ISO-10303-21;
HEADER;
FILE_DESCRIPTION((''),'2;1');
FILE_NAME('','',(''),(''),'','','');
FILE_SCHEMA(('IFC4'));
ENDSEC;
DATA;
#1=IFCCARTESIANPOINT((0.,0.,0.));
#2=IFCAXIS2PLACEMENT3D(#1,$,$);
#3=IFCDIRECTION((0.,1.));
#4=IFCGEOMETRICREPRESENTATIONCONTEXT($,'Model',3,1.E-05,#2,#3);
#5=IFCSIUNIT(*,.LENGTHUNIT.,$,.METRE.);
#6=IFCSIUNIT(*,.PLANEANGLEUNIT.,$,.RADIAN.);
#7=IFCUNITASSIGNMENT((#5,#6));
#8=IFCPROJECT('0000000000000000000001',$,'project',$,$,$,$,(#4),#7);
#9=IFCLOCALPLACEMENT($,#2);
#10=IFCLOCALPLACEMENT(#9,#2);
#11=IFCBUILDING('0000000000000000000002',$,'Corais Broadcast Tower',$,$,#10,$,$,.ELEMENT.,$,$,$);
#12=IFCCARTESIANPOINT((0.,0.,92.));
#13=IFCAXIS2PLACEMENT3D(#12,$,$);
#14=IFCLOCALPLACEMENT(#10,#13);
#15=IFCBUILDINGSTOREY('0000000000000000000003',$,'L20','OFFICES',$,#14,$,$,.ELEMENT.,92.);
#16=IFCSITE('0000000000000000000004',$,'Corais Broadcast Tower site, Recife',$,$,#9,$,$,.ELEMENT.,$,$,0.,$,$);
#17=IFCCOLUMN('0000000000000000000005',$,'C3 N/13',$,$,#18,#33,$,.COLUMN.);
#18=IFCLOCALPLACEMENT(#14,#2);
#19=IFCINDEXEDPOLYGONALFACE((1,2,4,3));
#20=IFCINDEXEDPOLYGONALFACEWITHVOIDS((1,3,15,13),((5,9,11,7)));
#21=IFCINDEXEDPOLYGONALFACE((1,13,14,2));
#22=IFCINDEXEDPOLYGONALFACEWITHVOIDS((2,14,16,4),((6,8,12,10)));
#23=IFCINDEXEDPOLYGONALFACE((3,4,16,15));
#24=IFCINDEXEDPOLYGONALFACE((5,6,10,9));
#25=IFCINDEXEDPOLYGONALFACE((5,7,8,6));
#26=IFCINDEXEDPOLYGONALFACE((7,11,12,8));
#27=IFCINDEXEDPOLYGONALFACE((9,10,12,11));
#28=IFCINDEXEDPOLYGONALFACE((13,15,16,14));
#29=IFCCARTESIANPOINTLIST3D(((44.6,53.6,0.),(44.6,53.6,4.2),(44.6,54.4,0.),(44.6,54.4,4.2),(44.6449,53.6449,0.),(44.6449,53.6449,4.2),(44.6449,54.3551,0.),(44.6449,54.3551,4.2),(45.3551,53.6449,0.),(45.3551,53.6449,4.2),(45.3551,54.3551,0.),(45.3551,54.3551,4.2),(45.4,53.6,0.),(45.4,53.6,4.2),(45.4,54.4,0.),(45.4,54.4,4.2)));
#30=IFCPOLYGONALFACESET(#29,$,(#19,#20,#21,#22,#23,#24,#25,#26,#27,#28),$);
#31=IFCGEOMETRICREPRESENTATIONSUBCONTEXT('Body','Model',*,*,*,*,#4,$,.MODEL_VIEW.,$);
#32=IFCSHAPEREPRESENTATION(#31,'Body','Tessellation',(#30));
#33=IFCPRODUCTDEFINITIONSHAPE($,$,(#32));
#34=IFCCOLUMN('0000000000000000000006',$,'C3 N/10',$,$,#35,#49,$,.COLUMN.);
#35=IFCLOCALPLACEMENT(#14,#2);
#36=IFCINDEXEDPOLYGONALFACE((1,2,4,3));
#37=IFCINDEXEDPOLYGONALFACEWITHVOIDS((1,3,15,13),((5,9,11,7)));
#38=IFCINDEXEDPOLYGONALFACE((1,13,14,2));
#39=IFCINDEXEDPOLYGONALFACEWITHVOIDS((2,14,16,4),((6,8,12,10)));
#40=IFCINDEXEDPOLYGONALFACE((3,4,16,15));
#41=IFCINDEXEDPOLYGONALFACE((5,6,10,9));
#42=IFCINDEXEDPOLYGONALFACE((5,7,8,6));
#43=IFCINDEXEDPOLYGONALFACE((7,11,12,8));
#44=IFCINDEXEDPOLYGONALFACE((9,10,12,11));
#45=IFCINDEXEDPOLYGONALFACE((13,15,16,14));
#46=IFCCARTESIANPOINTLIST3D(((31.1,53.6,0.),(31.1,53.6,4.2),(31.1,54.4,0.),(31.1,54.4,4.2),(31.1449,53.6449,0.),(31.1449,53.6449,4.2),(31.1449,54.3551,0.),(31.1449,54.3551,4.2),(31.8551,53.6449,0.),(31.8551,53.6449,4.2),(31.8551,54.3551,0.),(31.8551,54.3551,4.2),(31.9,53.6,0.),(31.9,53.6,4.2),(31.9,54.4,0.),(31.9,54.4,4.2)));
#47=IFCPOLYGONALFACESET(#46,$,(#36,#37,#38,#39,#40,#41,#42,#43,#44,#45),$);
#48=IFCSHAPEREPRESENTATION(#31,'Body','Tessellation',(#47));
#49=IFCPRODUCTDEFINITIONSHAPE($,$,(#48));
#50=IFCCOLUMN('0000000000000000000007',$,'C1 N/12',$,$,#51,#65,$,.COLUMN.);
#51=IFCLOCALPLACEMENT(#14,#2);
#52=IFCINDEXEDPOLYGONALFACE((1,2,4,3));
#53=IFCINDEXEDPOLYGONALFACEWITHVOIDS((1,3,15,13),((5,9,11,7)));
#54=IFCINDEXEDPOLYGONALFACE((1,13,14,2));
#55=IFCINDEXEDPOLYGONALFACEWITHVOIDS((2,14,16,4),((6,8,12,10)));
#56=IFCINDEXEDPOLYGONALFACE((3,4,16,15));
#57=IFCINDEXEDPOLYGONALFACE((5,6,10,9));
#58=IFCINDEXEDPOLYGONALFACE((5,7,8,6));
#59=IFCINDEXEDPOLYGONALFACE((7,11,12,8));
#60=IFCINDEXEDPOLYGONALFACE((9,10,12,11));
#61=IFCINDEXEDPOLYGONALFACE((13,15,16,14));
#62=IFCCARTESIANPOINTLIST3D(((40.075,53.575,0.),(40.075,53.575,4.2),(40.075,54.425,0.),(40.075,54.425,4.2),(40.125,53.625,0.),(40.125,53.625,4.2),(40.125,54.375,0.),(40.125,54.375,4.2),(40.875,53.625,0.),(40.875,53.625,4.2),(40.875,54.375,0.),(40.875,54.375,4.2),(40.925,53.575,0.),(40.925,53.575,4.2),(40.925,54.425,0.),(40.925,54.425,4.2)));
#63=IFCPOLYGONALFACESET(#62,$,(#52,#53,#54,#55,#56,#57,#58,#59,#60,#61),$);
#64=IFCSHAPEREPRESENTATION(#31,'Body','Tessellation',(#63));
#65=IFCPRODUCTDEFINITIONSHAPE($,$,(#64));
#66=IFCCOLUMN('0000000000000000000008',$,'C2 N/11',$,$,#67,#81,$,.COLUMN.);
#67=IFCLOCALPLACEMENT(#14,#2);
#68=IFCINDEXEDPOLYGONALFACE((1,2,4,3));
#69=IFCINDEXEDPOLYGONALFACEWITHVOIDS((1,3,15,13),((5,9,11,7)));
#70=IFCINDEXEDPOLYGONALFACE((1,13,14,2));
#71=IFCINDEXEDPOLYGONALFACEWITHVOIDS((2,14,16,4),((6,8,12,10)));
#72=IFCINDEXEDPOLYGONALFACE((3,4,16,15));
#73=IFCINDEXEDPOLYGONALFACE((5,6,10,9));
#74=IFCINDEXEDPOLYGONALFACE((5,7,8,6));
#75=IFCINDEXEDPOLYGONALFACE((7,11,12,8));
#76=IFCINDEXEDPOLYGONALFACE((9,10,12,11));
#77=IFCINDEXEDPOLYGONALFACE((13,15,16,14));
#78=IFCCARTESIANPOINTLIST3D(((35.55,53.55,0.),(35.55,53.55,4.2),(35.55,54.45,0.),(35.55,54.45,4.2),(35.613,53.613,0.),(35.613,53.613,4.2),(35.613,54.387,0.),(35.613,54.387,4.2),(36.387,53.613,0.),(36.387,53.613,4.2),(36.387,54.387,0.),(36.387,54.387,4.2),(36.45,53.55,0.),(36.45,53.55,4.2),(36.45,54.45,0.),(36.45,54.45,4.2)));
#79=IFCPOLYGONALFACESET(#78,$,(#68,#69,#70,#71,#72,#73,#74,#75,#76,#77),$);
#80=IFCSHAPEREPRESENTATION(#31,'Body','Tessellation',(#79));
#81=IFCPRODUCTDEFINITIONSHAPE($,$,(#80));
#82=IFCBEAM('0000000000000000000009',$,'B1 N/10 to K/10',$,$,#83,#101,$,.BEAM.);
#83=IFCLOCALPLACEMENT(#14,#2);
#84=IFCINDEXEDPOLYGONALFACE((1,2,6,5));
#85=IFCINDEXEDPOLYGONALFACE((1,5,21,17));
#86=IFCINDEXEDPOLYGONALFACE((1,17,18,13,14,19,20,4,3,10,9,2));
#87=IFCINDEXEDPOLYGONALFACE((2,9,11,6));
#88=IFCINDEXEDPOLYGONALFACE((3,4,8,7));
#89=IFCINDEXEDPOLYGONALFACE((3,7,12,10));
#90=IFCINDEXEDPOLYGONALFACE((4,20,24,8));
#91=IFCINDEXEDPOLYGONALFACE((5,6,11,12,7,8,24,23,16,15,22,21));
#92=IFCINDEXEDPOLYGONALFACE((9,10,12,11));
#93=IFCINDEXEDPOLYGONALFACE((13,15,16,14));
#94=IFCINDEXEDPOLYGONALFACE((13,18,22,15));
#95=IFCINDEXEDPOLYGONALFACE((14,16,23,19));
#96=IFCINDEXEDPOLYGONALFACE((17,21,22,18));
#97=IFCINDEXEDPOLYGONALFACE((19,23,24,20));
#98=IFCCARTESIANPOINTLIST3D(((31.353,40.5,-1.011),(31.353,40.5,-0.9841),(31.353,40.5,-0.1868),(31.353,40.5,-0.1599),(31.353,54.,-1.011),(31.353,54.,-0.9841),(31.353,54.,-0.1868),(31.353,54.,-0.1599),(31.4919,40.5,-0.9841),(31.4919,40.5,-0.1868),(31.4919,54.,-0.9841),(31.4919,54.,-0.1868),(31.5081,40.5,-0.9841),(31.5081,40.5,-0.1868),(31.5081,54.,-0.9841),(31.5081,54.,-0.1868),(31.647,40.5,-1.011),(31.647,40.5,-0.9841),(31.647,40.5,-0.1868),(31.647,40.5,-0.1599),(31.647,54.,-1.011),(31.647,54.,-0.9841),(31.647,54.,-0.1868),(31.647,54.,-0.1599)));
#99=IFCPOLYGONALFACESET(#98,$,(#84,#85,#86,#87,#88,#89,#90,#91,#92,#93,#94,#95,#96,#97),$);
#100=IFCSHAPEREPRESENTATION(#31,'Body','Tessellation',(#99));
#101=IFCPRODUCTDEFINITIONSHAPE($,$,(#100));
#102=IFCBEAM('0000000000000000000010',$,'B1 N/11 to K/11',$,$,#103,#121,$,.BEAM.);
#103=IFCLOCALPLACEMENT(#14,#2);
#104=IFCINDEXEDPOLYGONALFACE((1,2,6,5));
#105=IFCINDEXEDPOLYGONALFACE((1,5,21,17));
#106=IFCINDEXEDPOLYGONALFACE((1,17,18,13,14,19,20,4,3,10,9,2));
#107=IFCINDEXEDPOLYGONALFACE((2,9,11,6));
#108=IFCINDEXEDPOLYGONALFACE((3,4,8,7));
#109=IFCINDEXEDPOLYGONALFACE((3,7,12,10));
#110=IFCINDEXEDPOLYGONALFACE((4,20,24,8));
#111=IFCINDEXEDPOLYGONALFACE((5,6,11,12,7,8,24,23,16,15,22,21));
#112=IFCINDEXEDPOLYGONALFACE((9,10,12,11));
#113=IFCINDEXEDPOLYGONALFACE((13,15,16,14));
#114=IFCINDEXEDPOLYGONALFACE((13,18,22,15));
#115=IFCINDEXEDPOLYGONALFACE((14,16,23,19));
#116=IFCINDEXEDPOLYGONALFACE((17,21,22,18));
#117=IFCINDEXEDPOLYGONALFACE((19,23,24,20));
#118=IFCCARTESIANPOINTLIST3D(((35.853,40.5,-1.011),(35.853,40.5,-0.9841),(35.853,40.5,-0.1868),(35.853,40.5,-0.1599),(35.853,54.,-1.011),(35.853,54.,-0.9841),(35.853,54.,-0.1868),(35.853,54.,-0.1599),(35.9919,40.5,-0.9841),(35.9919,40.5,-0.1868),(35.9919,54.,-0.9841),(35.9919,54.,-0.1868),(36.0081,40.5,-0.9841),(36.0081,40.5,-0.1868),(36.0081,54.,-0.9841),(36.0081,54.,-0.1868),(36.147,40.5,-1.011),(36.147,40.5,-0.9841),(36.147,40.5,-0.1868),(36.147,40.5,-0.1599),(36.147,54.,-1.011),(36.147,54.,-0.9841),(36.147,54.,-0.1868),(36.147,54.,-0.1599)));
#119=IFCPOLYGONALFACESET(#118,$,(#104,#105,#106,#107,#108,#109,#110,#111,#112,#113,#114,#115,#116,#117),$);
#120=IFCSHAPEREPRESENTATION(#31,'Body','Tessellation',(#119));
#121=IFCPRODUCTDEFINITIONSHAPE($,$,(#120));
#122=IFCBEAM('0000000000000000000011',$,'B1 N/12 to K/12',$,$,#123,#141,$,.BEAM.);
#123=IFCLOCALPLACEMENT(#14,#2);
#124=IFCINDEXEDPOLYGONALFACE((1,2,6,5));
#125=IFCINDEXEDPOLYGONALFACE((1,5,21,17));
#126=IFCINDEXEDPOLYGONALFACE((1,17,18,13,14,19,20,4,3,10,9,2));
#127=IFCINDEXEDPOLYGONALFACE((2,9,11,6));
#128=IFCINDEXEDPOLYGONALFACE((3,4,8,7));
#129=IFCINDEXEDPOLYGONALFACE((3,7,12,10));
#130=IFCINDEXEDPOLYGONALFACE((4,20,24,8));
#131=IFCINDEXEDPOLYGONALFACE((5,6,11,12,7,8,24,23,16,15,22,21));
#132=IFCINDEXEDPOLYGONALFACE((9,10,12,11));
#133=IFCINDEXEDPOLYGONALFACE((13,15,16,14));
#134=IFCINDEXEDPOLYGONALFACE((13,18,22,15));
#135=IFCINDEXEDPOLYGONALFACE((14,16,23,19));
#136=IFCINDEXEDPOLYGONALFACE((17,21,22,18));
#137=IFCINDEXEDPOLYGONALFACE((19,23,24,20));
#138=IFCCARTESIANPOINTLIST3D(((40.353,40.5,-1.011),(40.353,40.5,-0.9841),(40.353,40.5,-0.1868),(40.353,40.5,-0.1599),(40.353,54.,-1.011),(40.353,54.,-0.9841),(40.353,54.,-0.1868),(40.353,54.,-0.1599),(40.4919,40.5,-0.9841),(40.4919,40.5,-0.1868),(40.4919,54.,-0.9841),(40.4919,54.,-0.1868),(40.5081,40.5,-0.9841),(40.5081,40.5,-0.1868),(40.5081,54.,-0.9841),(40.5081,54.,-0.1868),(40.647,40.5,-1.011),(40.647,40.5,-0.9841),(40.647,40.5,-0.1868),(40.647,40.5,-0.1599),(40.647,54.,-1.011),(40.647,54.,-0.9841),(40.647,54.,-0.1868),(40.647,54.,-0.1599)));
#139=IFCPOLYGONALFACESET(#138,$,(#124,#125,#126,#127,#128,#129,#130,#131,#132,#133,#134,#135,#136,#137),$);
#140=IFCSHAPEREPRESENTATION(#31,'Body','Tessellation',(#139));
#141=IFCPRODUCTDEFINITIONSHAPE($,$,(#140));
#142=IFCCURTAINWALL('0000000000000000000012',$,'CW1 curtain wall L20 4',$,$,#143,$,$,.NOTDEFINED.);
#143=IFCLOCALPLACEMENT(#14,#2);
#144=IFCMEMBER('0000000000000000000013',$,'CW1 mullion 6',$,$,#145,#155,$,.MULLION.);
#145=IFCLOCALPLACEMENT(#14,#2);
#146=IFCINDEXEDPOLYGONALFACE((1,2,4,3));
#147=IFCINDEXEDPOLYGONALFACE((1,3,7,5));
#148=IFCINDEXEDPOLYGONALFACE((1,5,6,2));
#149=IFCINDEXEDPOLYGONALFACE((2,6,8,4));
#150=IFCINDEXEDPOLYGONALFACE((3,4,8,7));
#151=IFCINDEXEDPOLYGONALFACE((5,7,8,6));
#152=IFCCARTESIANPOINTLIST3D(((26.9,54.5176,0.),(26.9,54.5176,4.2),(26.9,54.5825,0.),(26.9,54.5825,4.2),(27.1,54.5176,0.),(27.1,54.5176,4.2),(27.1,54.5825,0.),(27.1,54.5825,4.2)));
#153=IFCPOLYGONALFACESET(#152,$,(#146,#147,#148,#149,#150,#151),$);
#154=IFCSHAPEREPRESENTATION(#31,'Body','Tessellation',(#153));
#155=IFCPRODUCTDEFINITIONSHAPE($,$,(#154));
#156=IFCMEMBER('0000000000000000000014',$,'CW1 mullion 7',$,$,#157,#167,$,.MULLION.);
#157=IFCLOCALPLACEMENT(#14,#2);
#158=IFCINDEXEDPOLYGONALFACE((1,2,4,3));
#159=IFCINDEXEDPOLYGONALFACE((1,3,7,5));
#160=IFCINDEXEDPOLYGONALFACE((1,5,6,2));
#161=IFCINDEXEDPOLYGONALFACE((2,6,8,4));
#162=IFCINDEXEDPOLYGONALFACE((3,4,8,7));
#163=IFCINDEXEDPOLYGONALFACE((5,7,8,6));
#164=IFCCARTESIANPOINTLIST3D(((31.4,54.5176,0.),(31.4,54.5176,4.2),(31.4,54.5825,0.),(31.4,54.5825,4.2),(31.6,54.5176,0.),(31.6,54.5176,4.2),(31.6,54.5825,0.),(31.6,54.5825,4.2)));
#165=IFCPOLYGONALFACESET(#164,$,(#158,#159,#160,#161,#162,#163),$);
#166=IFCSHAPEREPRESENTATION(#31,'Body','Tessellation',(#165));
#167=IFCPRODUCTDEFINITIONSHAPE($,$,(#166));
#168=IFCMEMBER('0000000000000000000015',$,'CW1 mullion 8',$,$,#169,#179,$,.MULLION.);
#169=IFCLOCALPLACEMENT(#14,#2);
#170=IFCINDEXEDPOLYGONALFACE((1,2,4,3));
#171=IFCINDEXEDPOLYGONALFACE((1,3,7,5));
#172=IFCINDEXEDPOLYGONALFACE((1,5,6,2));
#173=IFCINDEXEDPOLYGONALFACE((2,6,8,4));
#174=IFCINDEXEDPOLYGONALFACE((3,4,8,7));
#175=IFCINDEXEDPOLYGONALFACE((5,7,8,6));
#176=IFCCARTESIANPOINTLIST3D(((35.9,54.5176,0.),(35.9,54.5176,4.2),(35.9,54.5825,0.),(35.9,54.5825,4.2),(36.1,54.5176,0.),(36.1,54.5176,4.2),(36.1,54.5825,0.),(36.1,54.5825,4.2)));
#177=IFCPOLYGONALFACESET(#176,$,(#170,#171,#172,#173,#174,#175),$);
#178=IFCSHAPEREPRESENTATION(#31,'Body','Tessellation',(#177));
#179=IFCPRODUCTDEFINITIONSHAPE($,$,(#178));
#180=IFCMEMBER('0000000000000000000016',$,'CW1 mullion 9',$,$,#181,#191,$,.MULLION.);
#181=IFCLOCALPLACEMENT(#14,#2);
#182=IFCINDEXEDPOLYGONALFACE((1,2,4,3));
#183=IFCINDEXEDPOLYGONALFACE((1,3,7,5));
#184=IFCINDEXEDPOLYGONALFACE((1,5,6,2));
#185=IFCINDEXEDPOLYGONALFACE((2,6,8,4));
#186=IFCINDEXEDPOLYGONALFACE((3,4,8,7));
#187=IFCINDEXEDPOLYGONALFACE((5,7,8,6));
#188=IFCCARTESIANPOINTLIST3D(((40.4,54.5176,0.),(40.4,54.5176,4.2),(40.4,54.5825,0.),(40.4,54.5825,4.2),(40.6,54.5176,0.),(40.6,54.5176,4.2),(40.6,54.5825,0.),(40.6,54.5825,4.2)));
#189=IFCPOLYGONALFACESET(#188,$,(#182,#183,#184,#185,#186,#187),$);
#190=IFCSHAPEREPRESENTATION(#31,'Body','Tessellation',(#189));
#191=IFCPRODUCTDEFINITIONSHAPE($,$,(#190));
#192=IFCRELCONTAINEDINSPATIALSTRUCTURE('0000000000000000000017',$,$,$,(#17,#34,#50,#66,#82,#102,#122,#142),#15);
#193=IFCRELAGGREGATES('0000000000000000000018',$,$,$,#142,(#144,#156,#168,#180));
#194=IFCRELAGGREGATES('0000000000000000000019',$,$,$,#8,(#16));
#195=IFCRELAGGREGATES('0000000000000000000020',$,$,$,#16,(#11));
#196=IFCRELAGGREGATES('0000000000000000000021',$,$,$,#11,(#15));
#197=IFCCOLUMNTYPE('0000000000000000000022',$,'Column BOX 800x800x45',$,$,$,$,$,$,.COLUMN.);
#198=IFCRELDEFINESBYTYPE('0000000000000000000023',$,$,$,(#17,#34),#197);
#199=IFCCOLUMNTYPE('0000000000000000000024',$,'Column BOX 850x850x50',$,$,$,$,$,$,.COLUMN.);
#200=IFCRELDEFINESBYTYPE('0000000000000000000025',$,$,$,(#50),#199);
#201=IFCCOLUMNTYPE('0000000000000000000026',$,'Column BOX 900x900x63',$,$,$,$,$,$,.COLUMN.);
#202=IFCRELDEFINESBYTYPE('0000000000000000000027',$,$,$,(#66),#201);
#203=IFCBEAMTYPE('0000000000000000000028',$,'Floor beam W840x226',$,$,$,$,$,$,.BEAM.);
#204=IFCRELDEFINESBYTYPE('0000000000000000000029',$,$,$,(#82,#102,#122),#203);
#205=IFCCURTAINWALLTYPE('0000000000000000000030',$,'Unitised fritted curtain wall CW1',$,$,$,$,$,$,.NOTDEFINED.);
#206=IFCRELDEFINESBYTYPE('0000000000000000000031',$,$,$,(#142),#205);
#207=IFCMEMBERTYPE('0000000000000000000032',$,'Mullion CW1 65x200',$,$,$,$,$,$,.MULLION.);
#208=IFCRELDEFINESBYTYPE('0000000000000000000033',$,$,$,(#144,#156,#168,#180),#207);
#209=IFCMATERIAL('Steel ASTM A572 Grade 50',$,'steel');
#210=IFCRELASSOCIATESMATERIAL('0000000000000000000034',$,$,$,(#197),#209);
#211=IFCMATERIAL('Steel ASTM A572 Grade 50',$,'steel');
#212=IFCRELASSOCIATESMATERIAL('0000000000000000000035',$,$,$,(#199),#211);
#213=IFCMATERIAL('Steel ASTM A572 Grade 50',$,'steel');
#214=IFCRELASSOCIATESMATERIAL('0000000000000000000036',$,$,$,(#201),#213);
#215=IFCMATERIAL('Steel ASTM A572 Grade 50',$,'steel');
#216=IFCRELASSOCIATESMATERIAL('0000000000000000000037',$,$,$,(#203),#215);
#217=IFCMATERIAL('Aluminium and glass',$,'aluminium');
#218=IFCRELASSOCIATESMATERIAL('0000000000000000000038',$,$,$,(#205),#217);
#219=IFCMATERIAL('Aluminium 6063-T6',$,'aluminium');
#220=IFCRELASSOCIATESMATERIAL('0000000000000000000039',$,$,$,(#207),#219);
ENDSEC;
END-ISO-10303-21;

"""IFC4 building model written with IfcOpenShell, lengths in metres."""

from ifc_helpers import new_model, si_unit, direction, frame, origin, origin_2d, place, context, subcontext, project, spatial, rectangle, hollow_rectangle, i_section, extrude, material, material_profile, profile_set, type_object, element, aggregate, save


model = new_model("IFC4")

# Units and contexts
model_context = context("Model", 3, precision=1e-05, world=origin(), true_north=direction((0.0, 1.0)))
body_context = subcontext(model_context, "Body", "Model", "MODEL_VIEW")
ifc_project = project(units=[si_unit("LENGTHUNIT", "METRE"), si_unit("PLANEANGLEUNIT", "RADIAN")], contexts=[model_context])

# Site, building, storey
site_placement = place(None, origin())
site = spatial("IfcSite", under=ifc_project, at=site_placement, Name="Corais Broadcast Tower site, Recife", CompositionType="ELEMENT", RefElevation=0.0)
building_placement = place(site_placement, origin())
building = spatial("IfcBuilding", under=site, at=building_placement, Name="Corais Broadcast Tower", CompositionType="ELEMENT")
storey_placement = place(building_placement, frame((0.0, 0.0, 92.0)))
storey = spatial("IfcBuildingStorey", under=building, at=storey_placement, Name="L20", Description="OFFICES", CompositionType="ELEMENT", Elevation=92.0)

# Columns
ifc_material_1 = material(Name="Steel ASTM A572 Grade 50", Category="steel")
ifc_material_profile_1 = material_profile(ifc_material_1, hollow_rectangle(XDim=0.8, YDim=0.8, WallThickness=0.0449, at=origin_2d()), Name="BOX 800x800x45")
ifc_profile_set_1 = profile_set([ifc_material_profile_1], Name="Steel ASTM A572 Grade 50")
column_type_1 = type_object("IfcColumnType", Name="Column BOX 800x800x45", PredefinedType="COLUMN", material=ifc_profile_set_1)
for number, where, z_axis, x_axis, name in (
    (1, (45.0, 54.0, 0.0), (0.0, 0.0, 1.0), (1.0, 0.0, 0.0), "C3 N/13"),
    (2, (31.5, 54.0, 0.0), (0.0, 0.0, 1.0), (1.0, 0.0, 0.0), "C3 N/10"),
):
    element("IfcColumn", number, at=place(storey_placement, frame(where, z_axis=z_axis, x_axis=x_axis)), inside=storey, type_object=column_type_1, Name=name, PredefinedType="COLUMN", context=body_context, shape_type="SweptSolid", body=[
        extrude(hollow_rectangle(XDim=0.8, YDim=0.8, WallThickness=0.0449, at=origin_2d()), origin(), (0.0, 0.0, 1.0), 4.2),
    ])
ifc_material_2 = material(Name="Steel ASTM A572 Grade 50", Category="steel")
ifc_material_profile_2 = material_profile(ifc_material_2, hollow_rectangle(XDim=0.8501, YDim=0.8501, WallThickness=0.05, at=origin_2d()), Name="BOX 850x850x50")
ifc_profile_set_2 = profile_set([ifc_material_profile_2], Name="Steel ASTM A572 Grade 50")
column_type_2 = type_object("IfcColumnType", Name="Column BOX 850x850x50", PredefinedType="COLUMN", material=ifc_profile_set_2)
column_1_placement = place(storey_placement, frame((40.5, 54.0, 0.0), z_axis=(0.0, 0.0, 1.0), x_axis=(1.0, 0.0, 0.0)))
element("IfcColumn", 3, at=column_1_placement, inside=storey, type_object=column_type_2, Name="C1 N/12", PredefinedType="COLUMN", context=body_context, shape_type="SweptSolid", body=[
    extrude(hollow_rectangle(XDim=0.8501, YDim=0.8501, WallThickness=0.05, at=origin_2d()), origin(), (0.0, 0.0, 1.0), 4.2),
])
ifc_material_3 = material(Name="Steel ASTM A572 Grade 50", Category="steel")
ifc_material_profile_3 = material_profile(ifc_material_3, hollow_rectangle(XDim=0.8999, YDim=0.8999, WallThickness=0.063, at=origin_2d()), Name="BOX 900x900x63")
ifc_profile_set_3 = profile_set([ifc_material_profile_3], Name="Steel ASTM A572 Grade 50")
column_type_3 = type_object("IfcColumnType", Name="Column BOX 900x900x63", PredefinedType="COLUMN", material=ifc_profile_set_3)
column_2_placement = place(storey_placement, frame((36.0, 54.0, 0.0), z_axis=(0.0, 0.0, 1.0), x_axis=(1.0, 0.0, 0.0)))
element("IfcColumn", 4, at=column_2_placement, inside=storey, type_object=column_type_3, Name="C2 N/11", PredefinedType="COLUMN", context=body_context, shape_type="SweptSolid", body=[
    extrude(hollow_rectangle(XDim=0.8999, YDim=0.8999, WallThickness=0.063, at=origin_2d()), origin(), (0.0, 0.0, 1.0), 4.2),
])

# Beams
ifc_material_4 = material(Name="Steel ASTM A572 Grade 50", Category="steel")
ifc_material_profile_4 = material_profile(ifc_material_4, i_section(OverallWidth=0.2939, OverallDepth=0.8511, WebThickness=0.0161, FlangeThickness=0.0269, at=origin_2d()), Name="W840x226")
ifc_profile_set_4 = profile_set([ifc_material_profile_4], Name="Steel ASTM A572 Grade 50")
beam_type_1 = type_object("IfcBeamType", Name="Floor beam W840x226", PredefinedType="BEAM", material=ifc_profile_set_4)
for number, where, z_axis, x_axis, name in (
    (5, (31.5, 54.0, -0.5854), (0.0, -1.0, 0.0), (1.0, 0.0, 0.0), "B1 N/10 to K/10"),
    (6, (36.0, 54.0, -0.5854), (0.0, -1.0, 0.0), (1.0, 0.0, 0.0), "B1 N/11 to K/11"),
    (7, (40.5, 54.0, -0.5854), (0.0, -1.0, 0.0), (1.0, 0.0, 0.0), "B1 N/12 to K/12"),
):
    element("IfcBeam", number, at=place(storey_placement, frame(where, z_axis=z_axis, x_axis=x_axis)), inside=storey, type_object=beam_type_1, Name=name, PredefinedType="BEAM", context=body_context, shape_type="SweptSolid", body=[
        extrude(i_section(OverallWidth=0.2939, OverallDepth=0.8511, WebThickness=0.0161, FlangeThickness=0.0269, at=origin_2d()), origin(), (0.0, 0.0, 1.0), 13.5),
    ])

# Curtain wall, members
ifc_material_5 = material(Name="Aluminium and glass", Category="aluminium")
curtain_wall_type = type_object("IfcCurtainWallType", Name="Unitised fritted curtain wall CW1", PredefinedType="NOTDEFINED", material=ifc_material_5)
curtain_wall_placement = place(storey_placement, origin())
curtain_wall = element("IfcCurtainWall", 8, at=curtain_wall_placement, inside=storey, type_object=curtain_wall_type, Name="CW1 curtain wall L20 4", PredefinedType="NOTDEFINED")
ifc_material_6 = material(Name="Aluminium 6063-T6", Category="aluminium")
ifc_material_profile_5 = material_profile(ifc_material_6, rectangle(XDim=0.0649, YDim=0.2, at=origin_2d()), Name="Mullion CW1 65x200")
ifc_profile_set_5 = profile_set([ifc_material_profile_5], Name="Aluminium 6063-T6")
member_type_1 = type_object("IfcMemberType", Name="Mullion CW1 65x200", PredefinedType="MULLION", material=ifc_profile_set_5)
member_1_placement = place(storey_placement, frame((27.0, 54.55, 0.0), z_axis=(0.0, 0.0, 1.0), x_axis=(0.0, 1.0, 0.0)))
member_1 = element("IfcMember", 9, at=member_1_placement, type_object=member_type_1, Name="CW1 mullion 6", PredefinedType="MULLION", context=body_context, shape_type="SweptSolid", body=[
    extrude(rectangle(XDim=0.0649, YDim=0.2, at=origin_2d()), origin(), (0.0, 0.0, 1.0), 4.2),
])
member_2_placement = place(storey_placement, frame((31.5, 54.55, 0.0), z_axis=(0.0, 0.0, 1.0), x_axis=(0.0, 1.0, 0.0)))
member_2 = element("IfcMember", 10, at=member_2_placement, type_object=member_type_1, Name="CW1 mullion 7", PredefinedType="MULLION", context=body_context, shape_type="SweptSolid", body=[
    extrude(rectangle(XDim=0.0649, YDim=0.2, at=origin_2d()), origin(), (0.0, 0.0, 1.0), 4.2),
])
member_3_placement = place(storey_placement, frame((36.0, 54.55, 0.0), z_axis=(0.0, 0.0, 1.0), x_axis=(0.0, 1.0, 0.0)))
member_3 = element("IfcMember", 11, at=member_3_placement, type_object=member_type_1, Name="CW1 mullion 8", PredefinedType="MULLION", context=body_context, shape_type="SweptSolid", body=[
    extrude(rectangle(XDim=0.0649, YDim=0.2, at=origin_2d()), origin(), (0.0, 0.0, 1.0), 4.2),
])
member_4_placement = place(storey_placement, frame((40.5, 54.55, 0.0), z_axis=(0.0, 0.0, 1.0), x_axis=(0.0, 1.0, 0.0)))
member_4 = element("IfcMember", 12, at=member_4_placement, type_object=member_type_1, Name="CW1 mullion 9", PredefinedType="MULLION", context=body_context, shape_type="SweptSolid", body=[
    extrude(rectangle(XDim=0.0649, YDim=0.2, at=origin_2d()), origin(), (0.0, 0.0, 1.0), 4.2),
])

aggregate(curtain_wall, [member_1, member_2, member_3, member_4])

save(model, "model.ifc")
